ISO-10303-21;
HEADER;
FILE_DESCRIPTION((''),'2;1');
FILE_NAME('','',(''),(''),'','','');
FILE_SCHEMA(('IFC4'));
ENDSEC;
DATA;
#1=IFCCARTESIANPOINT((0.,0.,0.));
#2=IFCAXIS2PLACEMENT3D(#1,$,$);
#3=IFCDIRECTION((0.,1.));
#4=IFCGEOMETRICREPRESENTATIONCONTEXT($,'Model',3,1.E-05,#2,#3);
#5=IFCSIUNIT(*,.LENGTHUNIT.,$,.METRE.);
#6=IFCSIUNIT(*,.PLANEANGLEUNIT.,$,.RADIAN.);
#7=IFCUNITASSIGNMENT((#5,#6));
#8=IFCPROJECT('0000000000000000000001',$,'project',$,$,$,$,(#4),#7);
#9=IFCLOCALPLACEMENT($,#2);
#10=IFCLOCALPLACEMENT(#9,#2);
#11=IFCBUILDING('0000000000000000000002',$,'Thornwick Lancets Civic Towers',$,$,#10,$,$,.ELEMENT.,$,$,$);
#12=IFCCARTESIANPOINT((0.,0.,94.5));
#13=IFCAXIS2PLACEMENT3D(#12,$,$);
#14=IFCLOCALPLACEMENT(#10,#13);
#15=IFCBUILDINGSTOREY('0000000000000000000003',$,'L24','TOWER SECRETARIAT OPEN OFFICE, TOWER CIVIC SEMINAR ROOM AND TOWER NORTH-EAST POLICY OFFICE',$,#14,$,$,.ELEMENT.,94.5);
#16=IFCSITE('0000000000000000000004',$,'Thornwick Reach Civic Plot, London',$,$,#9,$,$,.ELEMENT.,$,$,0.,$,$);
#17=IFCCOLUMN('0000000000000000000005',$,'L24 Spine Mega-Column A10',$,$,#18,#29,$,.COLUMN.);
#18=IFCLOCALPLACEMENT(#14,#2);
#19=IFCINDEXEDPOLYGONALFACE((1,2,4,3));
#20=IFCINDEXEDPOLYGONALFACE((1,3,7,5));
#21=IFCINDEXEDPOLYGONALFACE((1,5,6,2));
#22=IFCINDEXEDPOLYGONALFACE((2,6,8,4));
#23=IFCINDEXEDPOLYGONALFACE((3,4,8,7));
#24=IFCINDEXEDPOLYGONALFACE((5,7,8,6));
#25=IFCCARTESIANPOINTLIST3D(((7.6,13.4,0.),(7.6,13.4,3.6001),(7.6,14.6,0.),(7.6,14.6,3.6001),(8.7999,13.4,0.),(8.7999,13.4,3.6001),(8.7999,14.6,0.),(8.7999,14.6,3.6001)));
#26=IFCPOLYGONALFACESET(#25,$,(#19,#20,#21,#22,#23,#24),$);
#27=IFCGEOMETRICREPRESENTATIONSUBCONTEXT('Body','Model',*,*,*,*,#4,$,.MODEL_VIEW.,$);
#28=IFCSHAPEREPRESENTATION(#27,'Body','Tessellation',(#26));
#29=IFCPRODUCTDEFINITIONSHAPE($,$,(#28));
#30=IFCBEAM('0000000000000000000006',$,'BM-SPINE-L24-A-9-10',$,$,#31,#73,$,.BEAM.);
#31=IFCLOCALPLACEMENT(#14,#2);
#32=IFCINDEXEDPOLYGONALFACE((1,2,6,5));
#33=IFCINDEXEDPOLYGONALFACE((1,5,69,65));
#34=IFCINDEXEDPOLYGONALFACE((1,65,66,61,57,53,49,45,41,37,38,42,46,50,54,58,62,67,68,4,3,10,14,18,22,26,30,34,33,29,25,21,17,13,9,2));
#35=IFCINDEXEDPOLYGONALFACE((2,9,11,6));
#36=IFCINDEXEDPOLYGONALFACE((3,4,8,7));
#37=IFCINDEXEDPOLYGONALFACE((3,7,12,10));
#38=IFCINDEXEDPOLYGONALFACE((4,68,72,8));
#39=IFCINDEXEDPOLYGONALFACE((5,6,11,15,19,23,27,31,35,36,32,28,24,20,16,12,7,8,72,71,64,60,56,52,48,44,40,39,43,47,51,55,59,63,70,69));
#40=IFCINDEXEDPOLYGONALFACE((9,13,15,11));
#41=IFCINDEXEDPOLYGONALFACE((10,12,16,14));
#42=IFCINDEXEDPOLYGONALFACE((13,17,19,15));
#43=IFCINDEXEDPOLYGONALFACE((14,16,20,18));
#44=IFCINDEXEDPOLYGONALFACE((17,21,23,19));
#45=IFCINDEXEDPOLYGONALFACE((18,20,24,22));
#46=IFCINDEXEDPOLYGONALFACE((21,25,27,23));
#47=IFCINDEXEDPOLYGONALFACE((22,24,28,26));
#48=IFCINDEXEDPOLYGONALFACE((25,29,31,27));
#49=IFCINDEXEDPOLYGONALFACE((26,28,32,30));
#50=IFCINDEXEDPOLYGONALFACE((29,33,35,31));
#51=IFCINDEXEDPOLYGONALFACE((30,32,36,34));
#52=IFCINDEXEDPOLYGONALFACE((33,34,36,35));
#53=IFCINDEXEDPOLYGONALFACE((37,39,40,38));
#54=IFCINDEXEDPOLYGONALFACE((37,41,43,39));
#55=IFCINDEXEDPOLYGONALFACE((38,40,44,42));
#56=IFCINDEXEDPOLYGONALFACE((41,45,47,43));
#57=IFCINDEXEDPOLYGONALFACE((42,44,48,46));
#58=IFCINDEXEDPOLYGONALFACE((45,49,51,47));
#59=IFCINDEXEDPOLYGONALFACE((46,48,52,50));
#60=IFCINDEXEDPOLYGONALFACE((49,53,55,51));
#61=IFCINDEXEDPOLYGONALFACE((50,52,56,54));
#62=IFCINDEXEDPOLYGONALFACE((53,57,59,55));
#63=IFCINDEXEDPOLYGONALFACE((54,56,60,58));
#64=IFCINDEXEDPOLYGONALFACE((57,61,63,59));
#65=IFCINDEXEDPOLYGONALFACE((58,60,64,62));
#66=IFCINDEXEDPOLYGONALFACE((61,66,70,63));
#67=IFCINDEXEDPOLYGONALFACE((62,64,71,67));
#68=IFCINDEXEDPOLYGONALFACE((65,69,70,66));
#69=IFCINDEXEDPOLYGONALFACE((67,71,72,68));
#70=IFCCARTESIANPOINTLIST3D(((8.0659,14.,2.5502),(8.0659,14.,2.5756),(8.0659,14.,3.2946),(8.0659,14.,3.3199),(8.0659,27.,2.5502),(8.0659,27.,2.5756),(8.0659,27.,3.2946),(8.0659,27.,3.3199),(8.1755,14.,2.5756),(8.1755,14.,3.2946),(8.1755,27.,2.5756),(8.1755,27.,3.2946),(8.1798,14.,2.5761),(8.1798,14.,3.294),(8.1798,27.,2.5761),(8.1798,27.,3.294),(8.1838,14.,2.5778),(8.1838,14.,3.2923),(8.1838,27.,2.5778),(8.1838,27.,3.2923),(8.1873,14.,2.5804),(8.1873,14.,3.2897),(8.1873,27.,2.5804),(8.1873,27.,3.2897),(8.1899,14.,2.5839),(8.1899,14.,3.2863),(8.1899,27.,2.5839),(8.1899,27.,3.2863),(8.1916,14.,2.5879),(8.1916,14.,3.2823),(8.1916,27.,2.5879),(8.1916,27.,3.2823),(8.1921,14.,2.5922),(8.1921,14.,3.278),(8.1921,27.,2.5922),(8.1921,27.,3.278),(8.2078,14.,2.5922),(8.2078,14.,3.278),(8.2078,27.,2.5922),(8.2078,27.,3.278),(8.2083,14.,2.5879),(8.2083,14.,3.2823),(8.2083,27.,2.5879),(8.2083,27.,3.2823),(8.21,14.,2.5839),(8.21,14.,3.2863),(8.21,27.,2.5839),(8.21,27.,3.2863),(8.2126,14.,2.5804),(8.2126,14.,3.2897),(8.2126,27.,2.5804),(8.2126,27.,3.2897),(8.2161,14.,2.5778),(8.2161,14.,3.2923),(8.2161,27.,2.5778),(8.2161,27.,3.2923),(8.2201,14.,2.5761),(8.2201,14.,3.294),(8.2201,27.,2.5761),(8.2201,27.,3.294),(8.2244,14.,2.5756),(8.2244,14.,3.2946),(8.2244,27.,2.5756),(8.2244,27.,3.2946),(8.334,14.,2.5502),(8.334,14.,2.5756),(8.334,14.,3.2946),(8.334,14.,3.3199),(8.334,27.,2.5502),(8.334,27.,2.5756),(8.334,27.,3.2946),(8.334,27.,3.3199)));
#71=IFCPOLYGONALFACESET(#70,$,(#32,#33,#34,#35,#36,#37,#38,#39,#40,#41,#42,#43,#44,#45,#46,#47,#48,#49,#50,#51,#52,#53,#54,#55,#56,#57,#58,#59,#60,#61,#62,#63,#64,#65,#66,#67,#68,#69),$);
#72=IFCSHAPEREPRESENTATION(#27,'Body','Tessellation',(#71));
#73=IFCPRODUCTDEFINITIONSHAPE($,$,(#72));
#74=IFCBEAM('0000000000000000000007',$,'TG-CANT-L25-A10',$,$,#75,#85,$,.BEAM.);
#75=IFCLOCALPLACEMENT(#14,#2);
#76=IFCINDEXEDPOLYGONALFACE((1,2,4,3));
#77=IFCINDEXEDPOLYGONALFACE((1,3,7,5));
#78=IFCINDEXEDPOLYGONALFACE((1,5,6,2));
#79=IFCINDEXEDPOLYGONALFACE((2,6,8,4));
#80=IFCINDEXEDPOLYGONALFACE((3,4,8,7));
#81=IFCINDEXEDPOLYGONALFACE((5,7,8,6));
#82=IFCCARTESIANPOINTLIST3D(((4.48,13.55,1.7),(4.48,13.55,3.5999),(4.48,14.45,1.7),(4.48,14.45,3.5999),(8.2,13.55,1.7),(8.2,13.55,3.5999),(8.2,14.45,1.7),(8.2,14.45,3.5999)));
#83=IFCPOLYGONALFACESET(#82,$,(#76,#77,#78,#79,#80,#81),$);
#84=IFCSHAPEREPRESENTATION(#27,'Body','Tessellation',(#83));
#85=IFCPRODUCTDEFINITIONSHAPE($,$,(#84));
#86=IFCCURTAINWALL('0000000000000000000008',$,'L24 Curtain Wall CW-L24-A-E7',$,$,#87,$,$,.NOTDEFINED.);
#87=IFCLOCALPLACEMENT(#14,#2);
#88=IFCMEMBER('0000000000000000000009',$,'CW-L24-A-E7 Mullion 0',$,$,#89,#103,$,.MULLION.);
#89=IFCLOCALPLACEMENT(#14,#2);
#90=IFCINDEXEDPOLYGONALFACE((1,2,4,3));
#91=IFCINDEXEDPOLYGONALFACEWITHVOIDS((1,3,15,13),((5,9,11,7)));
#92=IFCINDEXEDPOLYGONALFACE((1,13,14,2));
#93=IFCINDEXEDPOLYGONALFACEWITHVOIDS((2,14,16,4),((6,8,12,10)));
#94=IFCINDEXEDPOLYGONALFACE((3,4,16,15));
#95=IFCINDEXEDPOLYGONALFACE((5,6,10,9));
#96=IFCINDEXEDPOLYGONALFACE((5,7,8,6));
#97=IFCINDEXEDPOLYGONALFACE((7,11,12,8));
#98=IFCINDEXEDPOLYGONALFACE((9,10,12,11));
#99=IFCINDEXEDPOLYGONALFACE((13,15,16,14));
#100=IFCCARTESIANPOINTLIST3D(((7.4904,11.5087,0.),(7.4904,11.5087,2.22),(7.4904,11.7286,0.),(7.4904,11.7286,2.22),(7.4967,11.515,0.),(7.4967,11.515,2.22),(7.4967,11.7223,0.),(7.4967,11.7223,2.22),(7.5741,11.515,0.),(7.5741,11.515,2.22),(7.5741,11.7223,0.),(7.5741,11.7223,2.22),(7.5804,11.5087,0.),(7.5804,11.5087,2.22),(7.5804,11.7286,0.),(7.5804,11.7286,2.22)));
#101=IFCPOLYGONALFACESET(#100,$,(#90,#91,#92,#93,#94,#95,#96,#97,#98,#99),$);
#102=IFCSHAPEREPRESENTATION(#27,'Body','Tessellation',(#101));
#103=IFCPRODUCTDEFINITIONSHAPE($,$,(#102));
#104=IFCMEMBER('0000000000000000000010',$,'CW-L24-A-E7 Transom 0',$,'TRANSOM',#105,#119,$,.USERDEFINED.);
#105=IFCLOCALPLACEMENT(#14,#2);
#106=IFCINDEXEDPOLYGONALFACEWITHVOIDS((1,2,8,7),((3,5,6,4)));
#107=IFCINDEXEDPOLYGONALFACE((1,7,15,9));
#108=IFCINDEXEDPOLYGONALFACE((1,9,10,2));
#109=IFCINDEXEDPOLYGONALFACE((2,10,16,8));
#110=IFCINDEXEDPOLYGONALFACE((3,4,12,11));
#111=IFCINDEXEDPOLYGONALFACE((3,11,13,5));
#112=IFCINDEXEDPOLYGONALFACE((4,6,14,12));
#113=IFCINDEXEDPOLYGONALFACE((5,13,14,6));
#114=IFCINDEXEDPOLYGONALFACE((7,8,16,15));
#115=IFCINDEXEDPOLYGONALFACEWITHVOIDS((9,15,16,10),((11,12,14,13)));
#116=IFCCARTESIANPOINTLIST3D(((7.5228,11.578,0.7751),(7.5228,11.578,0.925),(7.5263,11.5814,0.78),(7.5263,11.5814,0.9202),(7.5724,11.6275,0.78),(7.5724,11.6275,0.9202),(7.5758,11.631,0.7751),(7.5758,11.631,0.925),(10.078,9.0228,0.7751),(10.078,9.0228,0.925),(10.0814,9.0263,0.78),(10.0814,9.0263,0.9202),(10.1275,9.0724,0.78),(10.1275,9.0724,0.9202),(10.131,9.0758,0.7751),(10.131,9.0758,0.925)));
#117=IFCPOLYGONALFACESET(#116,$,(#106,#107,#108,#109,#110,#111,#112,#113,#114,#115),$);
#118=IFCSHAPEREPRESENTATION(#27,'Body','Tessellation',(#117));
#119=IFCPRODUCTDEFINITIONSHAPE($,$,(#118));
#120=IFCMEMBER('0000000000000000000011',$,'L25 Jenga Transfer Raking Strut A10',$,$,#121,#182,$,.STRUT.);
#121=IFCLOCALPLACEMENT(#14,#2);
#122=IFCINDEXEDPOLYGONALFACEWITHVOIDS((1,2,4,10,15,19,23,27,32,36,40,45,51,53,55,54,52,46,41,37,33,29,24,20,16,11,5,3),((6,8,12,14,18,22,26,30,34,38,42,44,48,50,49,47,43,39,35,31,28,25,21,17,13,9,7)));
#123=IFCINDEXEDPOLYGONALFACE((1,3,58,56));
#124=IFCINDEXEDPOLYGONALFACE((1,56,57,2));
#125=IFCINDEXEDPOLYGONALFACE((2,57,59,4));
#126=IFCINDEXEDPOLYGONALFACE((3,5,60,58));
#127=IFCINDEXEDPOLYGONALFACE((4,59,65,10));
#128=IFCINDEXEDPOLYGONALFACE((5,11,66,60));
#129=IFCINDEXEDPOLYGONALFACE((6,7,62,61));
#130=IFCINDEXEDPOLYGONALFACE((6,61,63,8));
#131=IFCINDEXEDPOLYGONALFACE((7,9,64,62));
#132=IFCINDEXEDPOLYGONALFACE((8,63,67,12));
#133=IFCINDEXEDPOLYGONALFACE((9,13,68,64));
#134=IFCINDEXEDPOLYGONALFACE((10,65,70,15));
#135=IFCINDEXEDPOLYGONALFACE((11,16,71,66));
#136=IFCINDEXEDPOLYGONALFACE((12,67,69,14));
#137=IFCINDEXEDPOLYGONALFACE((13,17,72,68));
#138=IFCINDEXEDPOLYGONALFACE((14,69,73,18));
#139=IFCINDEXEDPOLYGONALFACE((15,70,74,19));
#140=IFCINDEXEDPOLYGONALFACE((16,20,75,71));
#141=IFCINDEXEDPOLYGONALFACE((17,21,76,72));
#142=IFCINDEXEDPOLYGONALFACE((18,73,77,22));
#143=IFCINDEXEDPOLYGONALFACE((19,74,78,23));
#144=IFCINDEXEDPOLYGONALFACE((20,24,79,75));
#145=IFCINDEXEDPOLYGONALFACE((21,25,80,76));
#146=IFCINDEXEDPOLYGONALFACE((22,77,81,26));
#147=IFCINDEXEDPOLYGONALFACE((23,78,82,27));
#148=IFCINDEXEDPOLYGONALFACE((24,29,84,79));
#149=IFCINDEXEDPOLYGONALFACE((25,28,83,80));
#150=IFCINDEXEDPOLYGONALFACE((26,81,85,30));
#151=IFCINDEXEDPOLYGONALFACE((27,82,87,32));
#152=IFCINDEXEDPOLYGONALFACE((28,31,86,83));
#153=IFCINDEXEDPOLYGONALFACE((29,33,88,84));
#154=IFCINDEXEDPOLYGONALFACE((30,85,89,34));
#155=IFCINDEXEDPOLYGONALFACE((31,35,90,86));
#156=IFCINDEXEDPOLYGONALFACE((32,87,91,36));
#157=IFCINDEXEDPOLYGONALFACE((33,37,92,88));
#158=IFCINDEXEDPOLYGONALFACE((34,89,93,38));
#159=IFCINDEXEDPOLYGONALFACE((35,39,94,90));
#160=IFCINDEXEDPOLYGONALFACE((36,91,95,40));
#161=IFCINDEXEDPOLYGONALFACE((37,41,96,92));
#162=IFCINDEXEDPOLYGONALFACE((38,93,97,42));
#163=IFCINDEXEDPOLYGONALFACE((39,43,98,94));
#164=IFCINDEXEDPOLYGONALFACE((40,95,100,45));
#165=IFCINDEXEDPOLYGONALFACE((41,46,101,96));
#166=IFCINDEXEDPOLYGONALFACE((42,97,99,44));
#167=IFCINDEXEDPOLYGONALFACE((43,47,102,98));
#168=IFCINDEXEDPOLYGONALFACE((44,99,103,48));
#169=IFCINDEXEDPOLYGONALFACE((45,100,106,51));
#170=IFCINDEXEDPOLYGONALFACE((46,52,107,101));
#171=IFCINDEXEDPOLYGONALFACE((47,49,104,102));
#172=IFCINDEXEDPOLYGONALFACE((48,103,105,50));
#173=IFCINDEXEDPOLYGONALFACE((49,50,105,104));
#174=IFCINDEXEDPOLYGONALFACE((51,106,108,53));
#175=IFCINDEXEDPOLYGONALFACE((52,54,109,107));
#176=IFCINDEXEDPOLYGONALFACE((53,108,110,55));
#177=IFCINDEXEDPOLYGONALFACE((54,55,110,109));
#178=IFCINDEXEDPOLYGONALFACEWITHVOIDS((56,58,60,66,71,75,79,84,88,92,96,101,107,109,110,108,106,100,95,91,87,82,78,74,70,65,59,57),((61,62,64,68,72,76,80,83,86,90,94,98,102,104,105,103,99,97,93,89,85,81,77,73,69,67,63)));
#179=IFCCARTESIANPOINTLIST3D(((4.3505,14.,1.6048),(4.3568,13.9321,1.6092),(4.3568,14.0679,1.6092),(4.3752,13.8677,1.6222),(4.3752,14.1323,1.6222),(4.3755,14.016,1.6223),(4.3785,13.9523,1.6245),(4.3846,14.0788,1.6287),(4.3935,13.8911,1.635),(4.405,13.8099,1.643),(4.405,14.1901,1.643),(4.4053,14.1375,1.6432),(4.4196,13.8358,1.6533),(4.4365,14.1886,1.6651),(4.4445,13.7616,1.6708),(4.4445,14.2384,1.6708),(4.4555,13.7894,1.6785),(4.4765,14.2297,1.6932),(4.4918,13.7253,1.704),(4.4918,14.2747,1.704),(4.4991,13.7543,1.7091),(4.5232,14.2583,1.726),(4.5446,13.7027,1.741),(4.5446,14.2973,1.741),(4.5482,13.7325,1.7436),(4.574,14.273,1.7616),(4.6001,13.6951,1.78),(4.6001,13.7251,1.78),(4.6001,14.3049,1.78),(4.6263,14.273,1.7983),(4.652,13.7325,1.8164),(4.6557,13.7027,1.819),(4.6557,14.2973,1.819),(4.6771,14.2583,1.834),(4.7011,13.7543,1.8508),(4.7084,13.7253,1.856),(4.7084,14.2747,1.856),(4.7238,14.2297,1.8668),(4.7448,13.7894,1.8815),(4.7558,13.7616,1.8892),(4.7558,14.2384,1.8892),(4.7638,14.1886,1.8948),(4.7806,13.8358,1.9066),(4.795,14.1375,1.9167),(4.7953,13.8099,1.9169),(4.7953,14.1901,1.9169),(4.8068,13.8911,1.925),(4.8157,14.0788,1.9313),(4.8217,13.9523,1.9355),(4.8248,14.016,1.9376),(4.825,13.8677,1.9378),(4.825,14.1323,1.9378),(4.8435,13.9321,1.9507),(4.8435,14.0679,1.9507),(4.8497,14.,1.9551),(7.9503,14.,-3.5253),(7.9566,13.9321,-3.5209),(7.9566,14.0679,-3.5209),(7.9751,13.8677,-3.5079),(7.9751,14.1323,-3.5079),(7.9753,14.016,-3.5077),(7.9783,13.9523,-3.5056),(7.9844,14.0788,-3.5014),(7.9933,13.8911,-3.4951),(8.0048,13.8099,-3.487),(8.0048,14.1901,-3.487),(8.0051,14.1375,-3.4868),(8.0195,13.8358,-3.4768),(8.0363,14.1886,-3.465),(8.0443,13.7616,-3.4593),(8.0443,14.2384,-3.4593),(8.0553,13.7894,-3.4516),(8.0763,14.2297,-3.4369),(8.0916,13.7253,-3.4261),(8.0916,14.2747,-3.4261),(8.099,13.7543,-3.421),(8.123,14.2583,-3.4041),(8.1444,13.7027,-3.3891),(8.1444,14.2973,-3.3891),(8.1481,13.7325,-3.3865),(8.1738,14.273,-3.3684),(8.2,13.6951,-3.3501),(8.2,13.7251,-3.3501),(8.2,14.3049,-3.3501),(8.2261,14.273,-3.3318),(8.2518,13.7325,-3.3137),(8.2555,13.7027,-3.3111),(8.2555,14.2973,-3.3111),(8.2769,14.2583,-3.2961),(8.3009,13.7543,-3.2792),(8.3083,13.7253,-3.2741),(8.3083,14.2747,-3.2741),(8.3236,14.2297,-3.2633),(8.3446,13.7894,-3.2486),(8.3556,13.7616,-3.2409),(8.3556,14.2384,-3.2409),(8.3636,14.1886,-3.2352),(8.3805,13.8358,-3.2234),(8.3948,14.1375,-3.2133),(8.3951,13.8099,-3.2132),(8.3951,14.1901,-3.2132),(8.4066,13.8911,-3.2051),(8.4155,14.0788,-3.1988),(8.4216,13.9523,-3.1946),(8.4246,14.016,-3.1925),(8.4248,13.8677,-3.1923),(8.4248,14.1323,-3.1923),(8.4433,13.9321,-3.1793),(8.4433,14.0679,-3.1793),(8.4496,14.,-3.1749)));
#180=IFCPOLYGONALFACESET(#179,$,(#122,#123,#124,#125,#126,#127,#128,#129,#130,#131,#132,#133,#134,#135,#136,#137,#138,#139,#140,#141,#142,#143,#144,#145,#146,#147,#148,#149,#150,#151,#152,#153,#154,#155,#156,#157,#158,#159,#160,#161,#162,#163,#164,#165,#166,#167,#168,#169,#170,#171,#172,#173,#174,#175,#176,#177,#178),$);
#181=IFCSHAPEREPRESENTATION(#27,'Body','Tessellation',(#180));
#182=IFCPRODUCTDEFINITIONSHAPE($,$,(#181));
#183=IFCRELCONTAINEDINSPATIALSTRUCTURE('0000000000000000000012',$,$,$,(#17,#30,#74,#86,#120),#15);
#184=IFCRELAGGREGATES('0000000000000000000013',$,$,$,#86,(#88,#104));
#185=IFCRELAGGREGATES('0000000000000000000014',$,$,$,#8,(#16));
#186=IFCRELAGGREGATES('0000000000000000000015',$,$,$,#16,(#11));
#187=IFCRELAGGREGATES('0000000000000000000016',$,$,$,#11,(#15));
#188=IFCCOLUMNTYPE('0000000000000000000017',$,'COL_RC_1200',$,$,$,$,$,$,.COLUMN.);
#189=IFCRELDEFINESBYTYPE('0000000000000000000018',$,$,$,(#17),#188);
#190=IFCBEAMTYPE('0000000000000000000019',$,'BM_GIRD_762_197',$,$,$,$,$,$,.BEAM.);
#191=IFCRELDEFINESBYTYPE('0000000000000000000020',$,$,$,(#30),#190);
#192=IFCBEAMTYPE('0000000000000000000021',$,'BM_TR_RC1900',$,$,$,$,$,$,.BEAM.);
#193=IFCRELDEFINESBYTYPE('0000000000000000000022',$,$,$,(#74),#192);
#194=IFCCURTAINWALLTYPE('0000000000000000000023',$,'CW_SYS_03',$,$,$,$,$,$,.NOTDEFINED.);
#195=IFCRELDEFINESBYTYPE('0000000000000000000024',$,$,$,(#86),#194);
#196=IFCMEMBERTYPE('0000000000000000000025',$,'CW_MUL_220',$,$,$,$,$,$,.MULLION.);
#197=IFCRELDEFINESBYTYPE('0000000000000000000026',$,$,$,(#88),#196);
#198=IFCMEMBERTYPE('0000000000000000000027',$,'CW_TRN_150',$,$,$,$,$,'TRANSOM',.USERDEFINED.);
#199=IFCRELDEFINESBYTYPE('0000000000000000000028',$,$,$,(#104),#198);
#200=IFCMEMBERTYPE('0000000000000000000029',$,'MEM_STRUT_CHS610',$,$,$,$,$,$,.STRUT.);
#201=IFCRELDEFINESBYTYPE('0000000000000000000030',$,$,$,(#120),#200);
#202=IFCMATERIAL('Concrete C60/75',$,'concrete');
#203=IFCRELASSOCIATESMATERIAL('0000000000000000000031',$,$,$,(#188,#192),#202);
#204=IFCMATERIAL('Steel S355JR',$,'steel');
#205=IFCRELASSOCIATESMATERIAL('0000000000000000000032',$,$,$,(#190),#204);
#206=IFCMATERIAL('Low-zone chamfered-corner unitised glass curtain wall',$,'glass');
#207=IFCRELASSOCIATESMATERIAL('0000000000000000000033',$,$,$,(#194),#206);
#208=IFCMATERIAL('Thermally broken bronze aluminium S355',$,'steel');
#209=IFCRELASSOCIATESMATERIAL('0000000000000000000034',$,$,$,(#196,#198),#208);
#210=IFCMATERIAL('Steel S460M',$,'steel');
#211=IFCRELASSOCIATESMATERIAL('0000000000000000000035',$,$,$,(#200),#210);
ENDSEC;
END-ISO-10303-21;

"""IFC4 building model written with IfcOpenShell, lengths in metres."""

from ifc_helpers import new_model, si_unit, direction, frame, origin, origin_2d, place, context, subcontext, project, spatial, rectangle, hollow_rectangle, hollow_circle, i_section, extrude, material, material_profile, profile_set, type_object, element, aggregate, save


model = new_model("IFC4")

# Units and contexts
model_context = context("Model", 3, precision=1e-05, world=origin(), true_north=direction((0.0, 1.0)))
body_context = subcontext(model_context, "Body", "Model", "MODEL_VIEW")
ifc_project = project(units=[si_unit("LENGTHUNIT", "METRE"), si_unit("PLANEANGLEUNIT", "RADIAN")], contexts=[model_context])

# Site, building, storey
site_placement = place(None, origin())
site = spatial("IfcSite", under=ifc_project, at=site_placement, Name="Thornwick Reach Civic Plot, London", CompositionType="ELEMENT", RefElevation=0.0)
building_placement = place(site_placement, origin())
building = spatial("IfcBuilding", under=site, at=building_placement, Name="Thornwick Lancets Civic Towers", CompositionType="ELEMENT")
storey_placement = place(building_placement, frame((0.0, 0.0, 94.5)))
storey = spatial("IfcBuildingStorey", under=building, at=storey_placement, Name="L24", Description="TOWER SECRETARIAT OPEN OFFICE, TOWER CIVIC SEMINAR ROOM AND TOWER NORTH-EAST POLICY OFFICE", CompositionType="ELEMENT", Elevation=94.5)

# Column
ifc_material_1 = material(Name="Concrete C60/75", Category="concrete")
ifc_material_profile_1 = material_profile(ifc_material_1, rectangle(XDim=1.2, YDim=1.2, at=origin_2d()), Name="RC 1200x1200")
ifc_profile_set_1 = profile_set([ifc_material_profile_1], Name="Concrete C60/75")
column_type = type_object("IfcColumnType", Name="COL_RC_1200", PredefinedType="COLUMN", material=ifc_profile_set_1)
column_placement = place(storey_placement, frame((8.2, 14.0, 0.0), z_axis=(0.0, 0.0, 1.0), x_axis=(1.0, 0.0, 0.0)))
element("IfcColumn", 1, at=column_placement, inside=storey, type_object=column_type, Name="L24 Spine Mega-Column A10", PredefinedType="COLUMN", context=body_context, shape_type="SweptSolid", body=[
    extrude(rectangle(XDim=1.2, YDim=1.2, at=origin_2d()), origin(), (0.0, 0.0, 1.0), 3.6001),
])

# Beams
ifc_material_2 = material(Name="Steel S355JR", Category="steel")
ifc_material_profile_2 = material_profile(ifc_material_2, i_section(OverallWidth=0.2681, OverallDepth=0.7698, WebThickness=0.0156, FlangeThickness=0.0254, FilletRadius=0.0166, at=origin_2d()), Name="UKB 762x267x197")
ifc_profile_set_2 = profile_set([ifc_material_profile_2], Name="Steel S355JR")
beam_type_1 = type_object("IfcBeamType", Name="BM_GIRD_762_197", PredefinedType="BEAM", material=ifc_profile_set_2)
beam_1_placement = place(storey_placement, frame((8.2, 14.0, 2.9351), z_axis=(0.0, 1.0, 0.0), x_axis=(-1.0, 0.0, 0.0)))
element("IfcBeam", 2, at=beam_1_placement, inside=storey, type_object=beam_type_1, Name="BM-SPINE-L24-A-9-10", PredefinedType="BEAM", context=body_context, shape_type="SweptSolid", body=[
    extrude(i_section(OverallWidth=0.2681, OverallDepth=0.7698, WebThickness=0.0156, FlangeThickness=0.0254, FilletRadius=0.0166, at=origin_2d()), origin(), (0.0, 0.0, 1.0), 13.0),
])
ifc_material_profile_3 = material_profile(ifc_material_1, rectangle(XDim=0.8999, YDim=1.8999, at=origin_2d()), Name="RC 900x1900")
ifc_profile_set_3 = profile_set([ifc_material_profile_3], Name="Concrete C60/75")
beam_type_2 = type_object("IfcBeamType", Name="BM_TR_RC1900", PredefinedType="BEAM", material=ifc_profile_set_3)
beam_2_placement = place(storey_placement, frame((8.2, 14.0, 2.6499), z_axis=(-1.0, 0.0, 0.0), x_axis=(0.0, -1.0, 0.0)))
element("IfcBeam", 3, at=beam_2_placement, inside=storey, type_object=beam_type_2, Name="TG-CANT-L25-A10", PredefinedType="BEAM", context=body_context, shape_type="SweptSolid", body=[
    extrude(rectangle(XDim=0.8999, YDim=1.8999, at=origin_2d()), origin(), (0.0, 0.0, 1.0), 3.72),
])

# Curtain wall, members
ifc_material_3 = material(Name="Low-zone chamfered-corner unitised glass curtain wall", Category="glass")
curtain_wall_type = type_object("IfcCurtainWallType", Name="CW_SYS_03", PredefinedType="NOTDEFINED", material=ifc_material_3)
curtain_wall_placement = place(storey_placement, origin())
curtain_wall = element("IfcCurtainWall", 4, at=curtain_wall_placement, inside=storey, type_object=curtain_wall_type, Name="L24 Curtain Wall CW-L24-A-E7", PredefinedType="NOTDEFINED")
ifc_material_4 = material(Name="Thermally broken bronze aluminium S355", Category="steel")
ifc_material_profile_4 = material_profile(ifc_material_4, hollow_rectangle(XDim=0.0901, YDim=0.22, WallThickness=0.0063, at=origin_2d()), Name="RHS 220x90x6.3")
ifc_profile_set_4 = profile_set([ifc_material_profile_4], Name="Thermally broken bronze aluminium S355")
member_type_1 = type_object("IfcMemberType", Name="CW_MUL_220", PredefinedType="MULLION", material=ifc_profile_set_4)
member_1_placement = place(storey_placement, frame((7.5354, 11.6187, 0.0), z_axis=(0.0, 0.0, 1.0), x_axis=(1.0, 0.0, 0.0)))
member_1 = element("IfcMember", 5, at=member_1_placement, type_object=member_type_1, Name="CW-L24-A-E7 Mullion 0", PredefinedType="MULLION", context=body_context, shape_type="SweptSolid", body=[
    extrude(hollow_rectangle(XDim=0.0901, YDim=0.22, WallThickness=0.0063, at=origin_2d()), origin(), (0.0, 0.0, 1.0), 2.22),
])
ifc_material_profile_5 = material_profile(ifc_material_4, hollow_rectangle(XDim=0.075, YDim=0.1499, WallThickness=0.0049, at=origin_2d()), Name="RHS 150x75x5")
ifc_profile_set_5 = profile_set([ifc_material_profile_5], Name="Thermally broken bronze aluminium S355")
member_type_2 = type_object("IfcMemberType", Name="CW_TRN_150", ElementType="TRANSOM", PredefinedType="USERDEFINED", material=ifc_profile_set_5)
member_2_placement = place(storey_placement, frame((7.5493, 11.6045, 0.8501), z_axis=(0.707107, -0.707107, 0.0), x_axis=(0.707107, 0.707107, 0.0)))
member_2 = element("IfcMember", 6, at=member_2_placement, type_object=member_type_2, Name="CW-L24-A-E7 Transom 0", ObjectType="TRANSOM", PredefinedType="USERDEFINED", context=body_context, shape_type="SweptSolid", body=[
    extrude(hollow_rectangle(XDim=0.075, YDim=0.1499, WallThickness=0.0049, at=origin_2d()), origin(), (0.0, 0.0, 1.0), 3.6135),
])
aggregate(curtain_wall, [member_1, member_2])

# Member
ifc_material_5 = material(Name="Steel S460M", Category="steel")
ifc_material_profile_6 = material_profile(ifc_material_5, hollow_circle(Radius=0.3049, WallThickness=0.03, at=origin_2d()), Name="CHS 610x30")
ifc_profile_set_6 = profile_set([ifc_material_profile_6], Name="Steel S460M")
member_type_3 = type_object("IfcMemberType", Name="MEM_STRUT_CHS610", PredefinedType="STRUT", material=ifc_profile_set_6)
member_3_placement = place(storey_placement, frame((8.2, 14.0, -3.3501), z_axis=(-0.574401, 0.0, 0.818574), x_axis=(0.0, -1.0, 0.0)))
element("IfcMember", 7, at=member_3_placement, inside=storey, type_object=member_type_3, Name="L25 Jenga Transfer Raking Strut A10", PredefinedType="STRUT", context=body_context, shape_type="SweptSolid", body=[
    extrude(hollow_circle(Radius=0.3049, WallThickness=0.03, at=origin_2d()), origin(), (0.0, 0.0, 1.0), 6.2671),
])

save(model, "model.ifc")
